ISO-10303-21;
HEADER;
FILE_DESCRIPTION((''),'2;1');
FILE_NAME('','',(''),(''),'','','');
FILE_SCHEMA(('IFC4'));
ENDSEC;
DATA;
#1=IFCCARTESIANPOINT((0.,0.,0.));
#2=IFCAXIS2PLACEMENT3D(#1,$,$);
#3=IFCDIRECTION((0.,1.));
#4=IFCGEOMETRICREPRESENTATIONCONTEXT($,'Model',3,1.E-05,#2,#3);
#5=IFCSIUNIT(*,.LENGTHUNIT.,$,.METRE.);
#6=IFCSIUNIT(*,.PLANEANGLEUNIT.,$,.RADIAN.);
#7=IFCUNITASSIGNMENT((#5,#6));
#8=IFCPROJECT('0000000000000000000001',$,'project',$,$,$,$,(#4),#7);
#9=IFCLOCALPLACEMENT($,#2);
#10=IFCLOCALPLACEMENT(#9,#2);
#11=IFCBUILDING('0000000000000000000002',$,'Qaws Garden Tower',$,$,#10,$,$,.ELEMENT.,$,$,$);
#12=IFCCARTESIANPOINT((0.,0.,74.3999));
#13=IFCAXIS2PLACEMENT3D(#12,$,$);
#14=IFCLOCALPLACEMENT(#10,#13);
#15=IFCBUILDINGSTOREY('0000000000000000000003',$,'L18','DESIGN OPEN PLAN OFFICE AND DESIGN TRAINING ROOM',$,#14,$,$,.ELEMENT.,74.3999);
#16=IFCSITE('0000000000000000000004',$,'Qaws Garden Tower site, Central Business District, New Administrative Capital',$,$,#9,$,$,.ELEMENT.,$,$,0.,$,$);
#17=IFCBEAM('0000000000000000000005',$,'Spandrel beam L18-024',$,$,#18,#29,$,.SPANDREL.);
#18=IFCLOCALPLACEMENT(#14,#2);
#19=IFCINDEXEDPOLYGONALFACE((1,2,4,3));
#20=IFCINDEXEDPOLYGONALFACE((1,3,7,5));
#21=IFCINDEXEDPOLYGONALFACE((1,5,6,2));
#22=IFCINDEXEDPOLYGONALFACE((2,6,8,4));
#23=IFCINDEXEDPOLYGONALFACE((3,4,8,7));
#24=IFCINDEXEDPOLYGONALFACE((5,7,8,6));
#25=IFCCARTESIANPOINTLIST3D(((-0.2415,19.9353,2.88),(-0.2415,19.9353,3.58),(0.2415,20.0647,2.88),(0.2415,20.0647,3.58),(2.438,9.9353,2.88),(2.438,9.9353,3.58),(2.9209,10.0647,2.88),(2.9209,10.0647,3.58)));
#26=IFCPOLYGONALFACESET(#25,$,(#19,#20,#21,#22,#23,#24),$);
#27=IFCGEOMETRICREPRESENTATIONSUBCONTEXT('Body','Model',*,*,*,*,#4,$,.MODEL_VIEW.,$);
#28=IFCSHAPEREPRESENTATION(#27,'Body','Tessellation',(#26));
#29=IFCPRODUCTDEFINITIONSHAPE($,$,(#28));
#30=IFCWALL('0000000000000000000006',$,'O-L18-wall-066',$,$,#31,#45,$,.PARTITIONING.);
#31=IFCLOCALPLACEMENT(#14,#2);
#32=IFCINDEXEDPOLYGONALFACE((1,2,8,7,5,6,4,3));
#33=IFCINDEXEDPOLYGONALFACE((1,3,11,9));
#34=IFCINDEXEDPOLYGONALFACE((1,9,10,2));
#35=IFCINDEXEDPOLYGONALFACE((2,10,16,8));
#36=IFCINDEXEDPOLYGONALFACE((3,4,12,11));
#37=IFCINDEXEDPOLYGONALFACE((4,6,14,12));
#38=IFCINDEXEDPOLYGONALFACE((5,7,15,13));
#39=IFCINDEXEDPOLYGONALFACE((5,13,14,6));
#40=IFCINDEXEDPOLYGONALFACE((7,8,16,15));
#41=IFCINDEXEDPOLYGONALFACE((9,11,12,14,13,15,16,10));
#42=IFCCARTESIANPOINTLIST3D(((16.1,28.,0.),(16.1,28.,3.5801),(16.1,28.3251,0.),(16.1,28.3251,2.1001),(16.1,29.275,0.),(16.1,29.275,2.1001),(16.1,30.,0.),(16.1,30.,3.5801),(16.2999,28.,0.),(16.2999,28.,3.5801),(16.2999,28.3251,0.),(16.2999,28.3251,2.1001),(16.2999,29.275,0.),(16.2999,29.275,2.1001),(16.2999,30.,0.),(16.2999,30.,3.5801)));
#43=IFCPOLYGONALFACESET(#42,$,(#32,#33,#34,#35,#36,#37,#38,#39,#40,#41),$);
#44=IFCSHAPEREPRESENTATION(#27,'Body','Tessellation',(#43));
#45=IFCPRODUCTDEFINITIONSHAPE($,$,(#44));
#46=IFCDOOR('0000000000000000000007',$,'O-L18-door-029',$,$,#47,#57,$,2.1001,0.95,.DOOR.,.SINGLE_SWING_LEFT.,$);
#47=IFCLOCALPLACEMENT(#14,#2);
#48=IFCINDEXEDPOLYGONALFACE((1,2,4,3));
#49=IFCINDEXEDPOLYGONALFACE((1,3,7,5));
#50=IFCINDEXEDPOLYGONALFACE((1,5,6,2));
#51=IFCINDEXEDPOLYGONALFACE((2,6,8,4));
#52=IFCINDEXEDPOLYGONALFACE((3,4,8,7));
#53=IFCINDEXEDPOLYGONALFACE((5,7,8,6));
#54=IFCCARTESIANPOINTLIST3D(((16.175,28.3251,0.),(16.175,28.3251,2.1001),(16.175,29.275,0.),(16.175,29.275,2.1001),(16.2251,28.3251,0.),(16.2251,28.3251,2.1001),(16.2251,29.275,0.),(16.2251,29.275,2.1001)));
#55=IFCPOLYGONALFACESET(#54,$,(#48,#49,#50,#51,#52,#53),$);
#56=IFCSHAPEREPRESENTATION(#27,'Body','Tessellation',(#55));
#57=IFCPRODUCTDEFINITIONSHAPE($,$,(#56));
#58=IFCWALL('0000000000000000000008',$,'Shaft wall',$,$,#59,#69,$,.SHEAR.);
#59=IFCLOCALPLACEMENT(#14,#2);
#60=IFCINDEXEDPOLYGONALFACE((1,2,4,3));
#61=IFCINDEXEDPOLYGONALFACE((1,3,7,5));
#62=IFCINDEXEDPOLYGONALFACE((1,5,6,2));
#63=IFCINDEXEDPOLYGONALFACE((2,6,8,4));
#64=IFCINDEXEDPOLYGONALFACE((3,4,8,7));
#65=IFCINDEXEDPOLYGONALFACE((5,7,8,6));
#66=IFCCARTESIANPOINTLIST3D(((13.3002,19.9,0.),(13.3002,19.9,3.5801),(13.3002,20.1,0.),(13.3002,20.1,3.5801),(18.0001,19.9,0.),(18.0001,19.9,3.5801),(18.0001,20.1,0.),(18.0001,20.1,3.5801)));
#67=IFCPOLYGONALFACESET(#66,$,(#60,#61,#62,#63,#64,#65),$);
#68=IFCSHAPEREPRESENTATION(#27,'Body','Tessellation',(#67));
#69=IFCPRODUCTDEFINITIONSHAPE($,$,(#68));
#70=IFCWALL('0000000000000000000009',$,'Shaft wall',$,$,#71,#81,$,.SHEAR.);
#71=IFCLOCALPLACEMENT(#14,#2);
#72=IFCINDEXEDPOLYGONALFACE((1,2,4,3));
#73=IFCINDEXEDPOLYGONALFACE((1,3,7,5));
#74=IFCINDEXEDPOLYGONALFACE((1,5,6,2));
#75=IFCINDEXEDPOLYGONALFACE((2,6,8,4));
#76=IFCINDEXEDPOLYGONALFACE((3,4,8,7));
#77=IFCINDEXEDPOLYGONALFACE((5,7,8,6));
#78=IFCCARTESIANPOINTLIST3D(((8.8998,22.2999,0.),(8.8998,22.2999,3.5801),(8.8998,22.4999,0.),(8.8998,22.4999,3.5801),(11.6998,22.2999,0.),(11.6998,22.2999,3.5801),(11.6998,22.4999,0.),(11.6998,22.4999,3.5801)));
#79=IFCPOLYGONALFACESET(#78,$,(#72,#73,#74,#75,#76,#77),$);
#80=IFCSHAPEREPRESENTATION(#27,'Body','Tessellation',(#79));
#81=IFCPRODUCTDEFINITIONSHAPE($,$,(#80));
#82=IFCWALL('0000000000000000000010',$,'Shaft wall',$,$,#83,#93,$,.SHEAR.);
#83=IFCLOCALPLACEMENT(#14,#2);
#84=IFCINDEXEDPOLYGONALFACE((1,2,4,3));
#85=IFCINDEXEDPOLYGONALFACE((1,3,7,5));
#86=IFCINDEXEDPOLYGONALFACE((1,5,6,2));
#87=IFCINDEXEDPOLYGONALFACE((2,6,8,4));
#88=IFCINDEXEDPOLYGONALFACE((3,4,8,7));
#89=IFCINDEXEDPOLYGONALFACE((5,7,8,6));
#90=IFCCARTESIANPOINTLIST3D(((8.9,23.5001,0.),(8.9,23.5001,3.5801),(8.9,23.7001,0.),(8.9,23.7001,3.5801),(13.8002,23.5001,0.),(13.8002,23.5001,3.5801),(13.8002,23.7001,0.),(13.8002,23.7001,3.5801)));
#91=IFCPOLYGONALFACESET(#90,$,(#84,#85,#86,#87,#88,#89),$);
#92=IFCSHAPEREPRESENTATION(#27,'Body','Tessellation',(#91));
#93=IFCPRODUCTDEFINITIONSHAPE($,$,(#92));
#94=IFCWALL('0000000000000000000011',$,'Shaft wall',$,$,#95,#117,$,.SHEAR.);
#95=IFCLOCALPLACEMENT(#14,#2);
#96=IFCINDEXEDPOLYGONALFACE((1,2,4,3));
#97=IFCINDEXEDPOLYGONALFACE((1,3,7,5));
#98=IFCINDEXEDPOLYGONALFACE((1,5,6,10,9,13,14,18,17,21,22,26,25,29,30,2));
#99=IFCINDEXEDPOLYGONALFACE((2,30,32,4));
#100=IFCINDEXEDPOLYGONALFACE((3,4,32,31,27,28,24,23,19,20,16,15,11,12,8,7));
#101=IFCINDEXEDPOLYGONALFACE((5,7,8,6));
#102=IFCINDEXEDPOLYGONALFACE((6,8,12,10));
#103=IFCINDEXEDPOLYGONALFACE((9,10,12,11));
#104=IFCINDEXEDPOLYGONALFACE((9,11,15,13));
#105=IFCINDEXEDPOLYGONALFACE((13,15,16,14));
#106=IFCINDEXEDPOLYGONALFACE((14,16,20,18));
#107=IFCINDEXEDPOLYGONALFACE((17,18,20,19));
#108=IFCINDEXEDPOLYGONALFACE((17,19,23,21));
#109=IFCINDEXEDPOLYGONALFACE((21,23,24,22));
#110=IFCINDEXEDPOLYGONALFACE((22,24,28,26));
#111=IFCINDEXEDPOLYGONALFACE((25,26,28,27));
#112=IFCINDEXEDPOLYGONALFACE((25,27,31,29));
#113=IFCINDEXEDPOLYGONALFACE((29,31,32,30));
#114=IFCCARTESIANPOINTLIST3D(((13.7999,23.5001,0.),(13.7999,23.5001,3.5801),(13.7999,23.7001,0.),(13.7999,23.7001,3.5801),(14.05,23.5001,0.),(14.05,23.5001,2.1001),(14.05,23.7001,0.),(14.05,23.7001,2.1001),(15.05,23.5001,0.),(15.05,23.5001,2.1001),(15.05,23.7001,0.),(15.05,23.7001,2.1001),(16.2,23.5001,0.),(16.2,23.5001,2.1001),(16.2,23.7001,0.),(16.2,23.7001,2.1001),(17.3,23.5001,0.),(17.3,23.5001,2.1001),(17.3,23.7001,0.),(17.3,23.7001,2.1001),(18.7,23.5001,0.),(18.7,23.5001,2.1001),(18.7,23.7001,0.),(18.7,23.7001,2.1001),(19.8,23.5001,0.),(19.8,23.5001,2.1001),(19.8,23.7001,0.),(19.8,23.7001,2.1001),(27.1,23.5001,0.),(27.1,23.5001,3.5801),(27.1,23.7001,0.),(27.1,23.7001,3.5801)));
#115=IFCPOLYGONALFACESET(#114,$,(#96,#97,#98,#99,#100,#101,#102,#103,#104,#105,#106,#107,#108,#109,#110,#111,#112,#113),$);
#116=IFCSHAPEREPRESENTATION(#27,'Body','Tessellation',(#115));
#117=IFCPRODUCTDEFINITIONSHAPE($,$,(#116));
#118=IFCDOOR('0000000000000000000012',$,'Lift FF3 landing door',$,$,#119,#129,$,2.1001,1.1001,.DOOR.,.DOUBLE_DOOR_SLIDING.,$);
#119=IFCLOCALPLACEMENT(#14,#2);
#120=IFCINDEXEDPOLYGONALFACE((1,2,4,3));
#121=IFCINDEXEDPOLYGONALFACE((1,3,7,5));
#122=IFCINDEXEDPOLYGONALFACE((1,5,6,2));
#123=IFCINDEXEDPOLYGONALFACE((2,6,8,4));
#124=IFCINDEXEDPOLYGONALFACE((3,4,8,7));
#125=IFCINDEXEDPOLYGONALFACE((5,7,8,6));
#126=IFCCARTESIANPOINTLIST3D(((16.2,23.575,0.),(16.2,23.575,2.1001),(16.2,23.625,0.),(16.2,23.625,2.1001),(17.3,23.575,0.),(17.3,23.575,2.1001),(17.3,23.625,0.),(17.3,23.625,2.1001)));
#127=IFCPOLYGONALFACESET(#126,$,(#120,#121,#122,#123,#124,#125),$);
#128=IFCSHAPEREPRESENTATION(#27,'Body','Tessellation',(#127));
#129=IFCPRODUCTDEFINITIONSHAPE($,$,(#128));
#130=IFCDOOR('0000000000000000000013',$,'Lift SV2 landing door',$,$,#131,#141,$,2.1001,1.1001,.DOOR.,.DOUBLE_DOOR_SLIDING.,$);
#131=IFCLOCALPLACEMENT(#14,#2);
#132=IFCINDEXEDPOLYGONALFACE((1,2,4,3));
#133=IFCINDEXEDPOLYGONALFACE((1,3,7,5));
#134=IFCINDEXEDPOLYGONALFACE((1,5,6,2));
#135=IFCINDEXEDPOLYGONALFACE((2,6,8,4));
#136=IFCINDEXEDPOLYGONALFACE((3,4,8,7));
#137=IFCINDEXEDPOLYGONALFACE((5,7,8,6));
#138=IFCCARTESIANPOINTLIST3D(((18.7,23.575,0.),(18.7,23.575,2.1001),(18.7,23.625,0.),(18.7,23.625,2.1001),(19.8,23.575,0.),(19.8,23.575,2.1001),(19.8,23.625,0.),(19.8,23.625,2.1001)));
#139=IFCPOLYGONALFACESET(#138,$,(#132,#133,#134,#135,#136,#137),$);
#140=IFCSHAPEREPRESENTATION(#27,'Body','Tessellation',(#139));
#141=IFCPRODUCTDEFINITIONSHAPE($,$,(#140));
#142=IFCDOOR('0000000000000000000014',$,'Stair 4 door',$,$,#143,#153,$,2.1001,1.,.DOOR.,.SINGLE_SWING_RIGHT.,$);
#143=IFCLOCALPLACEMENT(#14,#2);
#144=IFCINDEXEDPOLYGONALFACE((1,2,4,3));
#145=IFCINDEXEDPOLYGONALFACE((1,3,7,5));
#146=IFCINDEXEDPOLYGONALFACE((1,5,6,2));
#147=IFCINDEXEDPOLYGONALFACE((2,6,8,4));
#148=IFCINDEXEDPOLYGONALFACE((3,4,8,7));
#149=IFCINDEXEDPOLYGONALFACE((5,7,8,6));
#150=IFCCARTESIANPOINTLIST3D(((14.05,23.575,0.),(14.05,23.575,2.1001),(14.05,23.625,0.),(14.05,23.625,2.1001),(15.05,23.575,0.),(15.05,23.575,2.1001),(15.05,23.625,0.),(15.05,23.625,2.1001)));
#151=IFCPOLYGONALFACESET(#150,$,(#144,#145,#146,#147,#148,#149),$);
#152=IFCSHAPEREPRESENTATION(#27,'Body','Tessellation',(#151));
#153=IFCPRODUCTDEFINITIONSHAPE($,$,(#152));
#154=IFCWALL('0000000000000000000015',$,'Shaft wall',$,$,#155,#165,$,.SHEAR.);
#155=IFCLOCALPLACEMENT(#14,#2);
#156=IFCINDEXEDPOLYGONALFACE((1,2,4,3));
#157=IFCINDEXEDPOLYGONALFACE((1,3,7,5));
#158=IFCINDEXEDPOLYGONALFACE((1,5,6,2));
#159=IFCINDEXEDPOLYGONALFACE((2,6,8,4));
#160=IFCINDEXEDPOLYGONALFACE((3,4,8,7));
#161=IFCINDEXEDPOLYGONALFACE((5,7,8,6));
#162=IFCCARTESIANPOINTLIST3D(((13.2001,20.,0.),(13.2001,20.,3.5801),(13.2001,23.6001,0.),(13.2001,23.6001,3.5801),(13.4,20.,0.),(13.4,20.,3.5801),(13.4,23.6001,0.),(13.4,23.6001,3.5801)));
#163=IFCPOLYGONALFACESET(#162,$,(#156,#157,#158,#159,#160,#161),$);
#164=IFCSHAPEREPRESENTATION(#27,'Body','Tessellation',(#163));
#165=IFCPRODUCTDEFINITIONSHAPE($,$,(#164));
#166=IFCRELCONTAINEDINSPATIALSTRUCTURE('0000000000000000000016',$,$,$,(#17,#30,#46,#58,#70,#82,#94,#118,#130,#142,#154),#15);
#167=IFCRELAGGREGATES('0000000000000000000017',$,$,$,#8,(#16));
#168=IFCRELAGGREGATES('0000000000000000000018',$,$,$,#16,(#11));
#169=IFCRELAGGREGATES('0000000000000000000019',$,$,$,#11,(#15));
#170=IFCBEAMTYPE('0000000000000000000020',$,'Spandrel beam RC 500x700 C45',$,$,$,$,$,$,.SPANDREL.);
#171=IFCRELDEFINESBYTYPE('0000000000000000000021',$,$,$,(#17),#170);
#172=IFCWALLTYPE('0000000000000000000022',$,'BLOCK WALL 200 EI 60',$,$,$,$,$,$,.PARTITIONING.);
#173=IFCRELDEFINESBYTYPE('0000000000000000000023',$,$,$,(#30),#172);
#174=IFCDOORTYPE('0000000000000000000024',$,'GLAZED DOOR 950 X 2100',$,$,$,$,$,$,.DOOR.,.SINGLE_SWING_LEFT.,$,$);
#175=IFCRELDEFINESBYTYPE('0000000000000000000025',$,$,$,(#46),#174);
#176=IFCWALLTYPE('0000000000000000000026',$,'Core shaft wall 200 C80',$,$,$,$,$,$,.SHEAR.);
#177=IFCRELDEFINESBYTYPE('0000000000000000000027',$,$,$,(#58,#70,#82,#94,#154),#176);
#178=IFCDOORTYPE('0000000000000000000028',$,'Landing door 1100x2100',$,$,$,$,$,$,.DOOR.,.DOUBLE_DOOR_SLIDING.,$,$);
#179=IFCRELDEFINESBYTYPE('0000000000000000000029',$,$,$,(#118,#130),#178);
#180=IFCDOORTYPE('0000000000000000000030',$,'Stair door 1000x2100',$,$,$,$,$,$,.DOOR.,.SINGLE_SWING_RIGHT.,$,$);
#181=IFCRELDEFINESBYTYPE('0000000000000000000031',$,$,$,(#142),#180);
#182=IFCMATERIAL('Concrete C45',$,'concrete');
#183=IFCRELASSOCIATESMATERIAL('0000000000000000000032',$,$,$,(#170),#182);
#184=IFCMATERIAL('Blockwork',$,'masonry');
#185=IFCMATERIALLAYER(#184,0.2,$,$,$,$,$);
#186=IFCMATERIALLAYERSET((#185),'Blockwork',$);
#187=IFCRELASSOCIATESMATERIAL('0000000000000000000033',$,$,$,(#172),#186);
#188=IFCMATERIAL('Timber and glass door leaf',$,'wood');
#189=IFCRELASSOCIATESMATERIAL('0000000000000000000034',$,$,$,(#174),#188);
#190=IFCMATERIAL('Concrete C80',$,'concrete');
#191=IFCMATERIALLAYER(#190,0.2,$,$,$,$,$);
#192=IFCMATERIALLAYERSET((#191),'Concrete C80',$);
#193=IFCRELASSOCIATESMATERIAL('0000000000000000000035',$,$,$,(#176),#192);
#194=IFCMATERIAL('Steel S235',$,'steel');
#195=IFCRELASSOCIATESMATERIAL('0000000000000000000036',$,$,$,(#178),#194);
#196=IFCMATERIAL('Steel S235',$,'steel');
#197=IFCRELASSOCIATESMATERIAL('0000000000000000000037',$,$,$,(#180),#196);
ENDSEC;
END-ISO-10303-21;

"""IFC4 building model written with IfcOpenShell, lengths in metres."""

from ifc_helpers import new_model, si_unit, direction, frame, frame_2d, origin, origin_2d, place, context, subcontext, project, spatial, rectangle, extrude, material, layer, layer_set, material_profile, profile_set, type_object, element, fill, save


model = new_model("IFC4")

# Units and contexts
model_context = context("Model", 3, precision=1e-05, world=origin(), true_north=direction((0.0, 1.0)))
body_context = subcontext(model_context, "Body", "Model", "MODEL_VIEW")
ifc_project = project(units=[si_unit("LENGTHUNIT", "METRE"), si_unit("PLANEANGLEUNIT", "RADIAN")], contexts=[model_context])

# Site, building, storey
site_placement = place(None, origin())
site = spatial("IfcSite", under=ifc_project, at=site_placement, Name="Qaws Garden Tower site, Central Business District, New Administrative Capital", CompositionType="ELEMENT", RefElevation=0.0)
building_placement = place(site_placement, origin())
building = spatial("IfcBuilding", under=site, at=building_placement, Name="Qaws Garden Tower", CompositionType="ELEMENT")
storey_placement = place(building_placement, frame((0.0, 0.0, 74.3999)))
storey = spatial("IfcBuildingStorey", under=building, at=storey_placement, Name="L18", Description="DESIGN OPEN PLAN OFFICE AND DESIGN TRAINING ROOM", CompositionType="ELEMENT", Elevation=74.3999)

# Beam
ifc_material_1 = material(Name="Concrete C45", Category="concrete")
ifc_material_profile = material_profile(ifc_material_1, rectangle(XDim=0.5, YDim=0.7, at=origin_2d()), Name="RC 500x700")
ifc_profile_set = profile_set([ifc_material_profile], Name="Concrete C45")
beam_type = type_object("IfcBeamType", Name="Spandrel beam RC 500x700 C45", PredefinedType="SPANDREL", material=ifc_profile_set)
beam_placement = place(storey_placement, frame((0.0, 20.0, 3.23), z_axis=(0.258815, -0.965927, 0.0), x_axis=(0.965927, 0.258815, 0.0)))
element("IfcBeam", 1, at=beam_placement, inside=storey, type_object=beam_type, Name="Spandrel beam L18-024", PredefinedType="SPANDREL", context=body_context, shape_type="SweptSolid", body=[
    extrude(rectangle(XDim=0.5, YDim=0.7, at=origin_2d()), origin(), (0.0, 0.0, 1.0), 10.3528),
])

# Wall, opening, door
ifc_material_2 = material(Name="Blockwork", Category="masonry")
ifc_layer_1 = layer(ifc_material_2, 0.2)
ifc_layer_set_1 = layer_set([ifc_layer_1], Name="Blockwork")
wall_type_1 = type_object("IfcWallType", Name="BLOCK WALL 200 EI 60", PredefinedType="PARTITIONING", material=ifc_layer_set_1)
wall_1_placement = place(storey_placement, frame((16.2, 28.0, 0.0), z_axis=(0.0, 0.0, 1.0), x_axis=(0.0, 1.0, 0.0)))
wall_1 = element("IfcWall", 2, at=wall_1_placement, inside=storey, type_object=wall_type_1, Name="O-L18-wall-066", PredefinedType="PARTITIONING", context=body_context, shape_type="SweptSolid", body=[
    extrude(rectangle(XDim=2.0, YDim=0.2, at=frame_2d((1.0, 0.0))), origin(), (0.0, 0.0, 1.0), 3.5801),
])
opening_1_placement = place(wall_1_placement, frame((0.325, 0.0, 0.0)))
opening_1 = element("IfcOpeningElement", 3, at=opening_1_placement, cuts=wall_1, PredefinedType="OPENING", context=body_context, shape_type="SweptSolid", body=[
    extrude(rectangle(XDim=0.95, YDim=2.1001, at=frame_2d((0.4751, 1.05))), frame((0.0, 0.1099, 0.0), z_axis=(0.0, -1.0, 0.0), x_axis=(1.0, 0.0, 0.0)), (0.0, 0.0, 1.0), 0.22),
])
ifc_material_3 = material(Name="Timber and glass door leaf", Category="wood")
door_type_1 = type_object("IfcDoorType", Name="GLAZED DOOR 950 X 2100", OperationType="SINGLE_SWING_LEFT", PredefinedType="DOOR", material=ifc_material_3)
door_1_placement = place(opening_1_placement, origin())
door_1 = element("IfcDoor", 4, at=door_1_placement, inside=storey, type_object=door_type_1, Name="O-L18-door-029", OperationType="SINGLE_SWING_LEFT", OverallHeight=2.1001, OverallWidth=0.95, PredefinedType="DOOR", context=body_context, shape_type="SweptSolid", body=[
    extrude(rectangle(XDim=0.95, YDim=2.1001, at=frame_2d((0.4751, 1.05))), frame((0.0, 0.0249, 0.0), z_axis=(0.0, -1.0, 0.0), x_axis=(1.0, 0.0, 0.0)), (0.0, 0.0, 1.0), 0.05),
])
fill(opening_1, door_1)

# Walls
ifc_material_4 = material(Name="Concrete C80", Category="concrete")
ifc_layer_2 = layer(ifc_material_4, 0.2)
ifc_layer_set_2 = layer_set([ifc_layer_2], Name="Concrete C80")
wall_type_2 = type_object("IfcWallType", Name="Core shaft wall 200 C80", PredefinedType="SHEAR", material=ifc_layer_set_2)
wall_2_placement = place(storey_placement, frame((13.3, 20.0, 0.0), z_axis=(0.0, 0.0, 1.0), x_axis=(1.0, 0.0, 0.0)))
element("IfcWall", 5, at=wall_2_placement, inside=storey, type_object=wall_type_2, Name="Shaft wall", PredefinedType="SHEAR", context=body_context, shape_type="SweptSolid", body=[
    extrude(rectangle(XDim=4.7, YDim=0.2, at=frame_2d((2.3501, 0.0))), origin(), (0.0, 0.0, 1.0), 3.5801),
])
wall_3_placement = place(storey_placement, frame((8.8999, 22.3999, 0.0), z_axis=(0.0, 0.0, 1.0), x_axis=(1.0, 0.0, 0.0)))
element("IfcWall", 6, at=wall_3_placement, inside=storey, type_object=wall_type_2, Name="Shaft wall", PredefinedType="SHEAR", context=body_context, shape_type="SweptSolid", body=[
    extrude(rectangle(XDim=2.8, YDim=0.2, at=frame_2d((1.3999, 0.0))), origin(), (0.0, 0.0, 1.0), 3.5801),
])
wall_4_placement = place(storey_placement, frame((8.8999, 23.6001, 0.0), z_axis=(0.0, 0.0, 1.0), x_axis=(1.0, 0.0, 0.0)))
element("IfcWall", 7, at=wall_4_placement, inside=storey, type_object=wall_type_2, Name="Shaft wall", PredefinedType="SHEAR", context=body_context, shape_type="SweptSolid", body=[
    extrude(rectangle(XDim=4.9001, YDim=0.2, at=frame_2d((2.4502, 0.0))), origin(), (0.0, 0.0, 1.0), 3.5801),
])

# Wall, openings, doors
wall_5_placement = place(storey_placement, frame((13.8, 23.6001, 0.0), z_axis=(0.0, 0.0, 1.0), x_axis=(1.0, 0.0, 0.0)))
wall_5 = element("IfcWall", 8, at=wall_5_placement, inside=storey, type_object=wall_type_2, Name="Shaft wall", PredefinedType="SHEAR", context=body_context, shape_type="SweptSolid", body=[
    extrude(rectangle(XDim=13.3, YDim=0.2, at=frame_2d((6.6499, 0.0))), origin(), (0.0, 0.0, 1.0), 3.5801),
])
opening_2_placement = place(wall_5_placement, frame((2.3999, 0.0, 0.0)))
opening_2 = element("IfcOpeningElement", 9, at=opening_2_placement, cuts=wall_5, PredefinedType="OPENING", context=body_context, shape_type="SweptSolid", body=[
    extrude(rectangle(XDim=1.1001, YDim=2.1001, at=frame_2d((0.55, 1.05))), frame((0.0, 0.1099, 0.0), z_axis=(0.0, -1.0, 0.0), x_axis=(1.0, 0.0, 0.0)), (0.0, 0.0, 1.0), 0.22),
])
opening_3_placement = place(wall_5_placement, frame((4.8999, 0.0, 0.0)))
opening_3 = element("IfcOpeningElement", 10, at=opening_3_placement, cuts=wall_5, PredefinedType="OPENING", context=body_context, shape_type="SweptSolid", body=[
    extrude(rectangle(XDim=1.1001, YDim=2.1001, at=frame_2d((0.55, 1.05))), frame((0.0, 0.1099, 0.0), z_axis=(0.0, -1.0, 0.0), x_axis=(1.0, 0.0, 0.0)), (0.0, 0.0, 1.0), 0.22),
])
opening_4_placement = place(wall_5_placement, frame((0.25, 0.0, 0.0)))
opening_4 = element("IfcOpeningElement", 11, at=opening_4_placement, cuts=wall_5, PredefinedType="OPENING", context=body_context, shape_type="SweptSolid", body=[
    extrude(rectangle(XDim=1.0, YDim=2.1001, at=frame_2d((0.5, 1.05))), frame((0.0, 0.1099, 0.0), z_axis=(0.0, -1.0, 0.0), x_axis=(1.0, 0.0, 0.0)), (0.0, 0.0, 1.0), 0.22),
])
ifc_material_5 = material(Name="Steel S235", Category="steel")
door_type_2 = type_object("IfcDoorType", Name="Landing door 1100x2100", OperationType="DOUBLE_DOOR_SLIDING", PredefinedType="DOOR", material=ifc_material_5)
door_2_placement = place(opening_2_placement, origin())
door_2 = element("IfcDoor", 12, at=door_2_placement, inside=storey, type_object=door_type_2, Name="Lift FF3 landing door", OperationType="DOUBLE_DOOR_SLIDING", OverallHeight=2.1001, OverallWidth=1.1001, PredefinedType="DOOR", context=body_context, shape_type="SweptSolid", body=[
    extrude(rectangle(XDim=1.1001, YDim=2.1001, at=frame_2d((0.55, 1.05))), frame((0.0, 0.0249, 0.0), z_axis=(0.0, -1.0, 0.0), x_axis=(1.0, 0.0, 0.0)), (0.0, 0.0, 1.0), 0.05),
])
fill(opening_2, door_2)
door_3_placement = place(opening_3_placement, origin())
door_3 = element("IfcDoor", 13, at=door_3_placement, inside=storey, type_object=door_type_2, Name="Lift SV2 landing door", OperationType="DOUBLE_DOOR_SLIDING", OverallHeight=2.1001, OverallWidth=1.1001, PredefinedType="DOOR", context=body_context, shape_type="SweptSolid", body=[
    extrude(rectangle(XDim=1.1001, YDim=2.1001, at=frame_2d((0.55, 1.05))), frame((0.0, 0.0249, 0.0), z_axis=(0.0, -1.0, 0.0), x_axis=(1.0, 0.0, 0.0)), (0.0, 0.0, 1.0), 0.05),
])
fill(opening_3, door_3)
ifc_material_6 = material(Name="Steel S235", Category="steel")
door_type_3 = type_object("IfcDoorType", Name="Stair door 1000x2100", OperationType="SINGLE_SWING_RIGHT", PredefinedType="DOOR", material=ifc_material_6)
door_4_placement = place(opening_4_placement, origin())
door_4 = element("IfcDoor", 14, at=door_4_placement, inside=storey, type_object=door_type_3, Name="Stair 4 door", OperationType="SINGLE_SWING_RIGHT", OverallHeight=2.1001, OverallWidth=1.0, PredefinedType="DOOR", context=body_context, shape_type="SweptSolid", body=[
    extrude(rectangle(XDim=1.0, YDim=2.1001, at=frame_2d((0.5, 1.05))), frame((0.0, 0.0249, 0.0), z_axis=(0.0, -1.0, 0.0), x_axis=(1.0, 0.0, 0.0)), (0.0, 0.0, 1.0), 0.05),
])
fill(opening_4, door_4)

# Wall
wall_6_placement = place(storey_placement, frame((13.3, 20.0, 0.0), z_axis=(0.0, 0.0, 1.0), x_axis=(0.0, 1.0, 0.0)))
element("IfcWall", 15, at=wall_6_placement, inside=storey, type_object=wall_type_2, Name="Shaft wall", PredefinedType="SHEAR", context=body_context, shape_type="SweptSolid", body=[
    extrude(rectangle(XDim=3.6001, YDim=0.2, at=frame_2d((1.8, 0.0))), origin(), (0.0, 0.0, 1.0), 3.5801),
])

save(model, "model.ifc")
